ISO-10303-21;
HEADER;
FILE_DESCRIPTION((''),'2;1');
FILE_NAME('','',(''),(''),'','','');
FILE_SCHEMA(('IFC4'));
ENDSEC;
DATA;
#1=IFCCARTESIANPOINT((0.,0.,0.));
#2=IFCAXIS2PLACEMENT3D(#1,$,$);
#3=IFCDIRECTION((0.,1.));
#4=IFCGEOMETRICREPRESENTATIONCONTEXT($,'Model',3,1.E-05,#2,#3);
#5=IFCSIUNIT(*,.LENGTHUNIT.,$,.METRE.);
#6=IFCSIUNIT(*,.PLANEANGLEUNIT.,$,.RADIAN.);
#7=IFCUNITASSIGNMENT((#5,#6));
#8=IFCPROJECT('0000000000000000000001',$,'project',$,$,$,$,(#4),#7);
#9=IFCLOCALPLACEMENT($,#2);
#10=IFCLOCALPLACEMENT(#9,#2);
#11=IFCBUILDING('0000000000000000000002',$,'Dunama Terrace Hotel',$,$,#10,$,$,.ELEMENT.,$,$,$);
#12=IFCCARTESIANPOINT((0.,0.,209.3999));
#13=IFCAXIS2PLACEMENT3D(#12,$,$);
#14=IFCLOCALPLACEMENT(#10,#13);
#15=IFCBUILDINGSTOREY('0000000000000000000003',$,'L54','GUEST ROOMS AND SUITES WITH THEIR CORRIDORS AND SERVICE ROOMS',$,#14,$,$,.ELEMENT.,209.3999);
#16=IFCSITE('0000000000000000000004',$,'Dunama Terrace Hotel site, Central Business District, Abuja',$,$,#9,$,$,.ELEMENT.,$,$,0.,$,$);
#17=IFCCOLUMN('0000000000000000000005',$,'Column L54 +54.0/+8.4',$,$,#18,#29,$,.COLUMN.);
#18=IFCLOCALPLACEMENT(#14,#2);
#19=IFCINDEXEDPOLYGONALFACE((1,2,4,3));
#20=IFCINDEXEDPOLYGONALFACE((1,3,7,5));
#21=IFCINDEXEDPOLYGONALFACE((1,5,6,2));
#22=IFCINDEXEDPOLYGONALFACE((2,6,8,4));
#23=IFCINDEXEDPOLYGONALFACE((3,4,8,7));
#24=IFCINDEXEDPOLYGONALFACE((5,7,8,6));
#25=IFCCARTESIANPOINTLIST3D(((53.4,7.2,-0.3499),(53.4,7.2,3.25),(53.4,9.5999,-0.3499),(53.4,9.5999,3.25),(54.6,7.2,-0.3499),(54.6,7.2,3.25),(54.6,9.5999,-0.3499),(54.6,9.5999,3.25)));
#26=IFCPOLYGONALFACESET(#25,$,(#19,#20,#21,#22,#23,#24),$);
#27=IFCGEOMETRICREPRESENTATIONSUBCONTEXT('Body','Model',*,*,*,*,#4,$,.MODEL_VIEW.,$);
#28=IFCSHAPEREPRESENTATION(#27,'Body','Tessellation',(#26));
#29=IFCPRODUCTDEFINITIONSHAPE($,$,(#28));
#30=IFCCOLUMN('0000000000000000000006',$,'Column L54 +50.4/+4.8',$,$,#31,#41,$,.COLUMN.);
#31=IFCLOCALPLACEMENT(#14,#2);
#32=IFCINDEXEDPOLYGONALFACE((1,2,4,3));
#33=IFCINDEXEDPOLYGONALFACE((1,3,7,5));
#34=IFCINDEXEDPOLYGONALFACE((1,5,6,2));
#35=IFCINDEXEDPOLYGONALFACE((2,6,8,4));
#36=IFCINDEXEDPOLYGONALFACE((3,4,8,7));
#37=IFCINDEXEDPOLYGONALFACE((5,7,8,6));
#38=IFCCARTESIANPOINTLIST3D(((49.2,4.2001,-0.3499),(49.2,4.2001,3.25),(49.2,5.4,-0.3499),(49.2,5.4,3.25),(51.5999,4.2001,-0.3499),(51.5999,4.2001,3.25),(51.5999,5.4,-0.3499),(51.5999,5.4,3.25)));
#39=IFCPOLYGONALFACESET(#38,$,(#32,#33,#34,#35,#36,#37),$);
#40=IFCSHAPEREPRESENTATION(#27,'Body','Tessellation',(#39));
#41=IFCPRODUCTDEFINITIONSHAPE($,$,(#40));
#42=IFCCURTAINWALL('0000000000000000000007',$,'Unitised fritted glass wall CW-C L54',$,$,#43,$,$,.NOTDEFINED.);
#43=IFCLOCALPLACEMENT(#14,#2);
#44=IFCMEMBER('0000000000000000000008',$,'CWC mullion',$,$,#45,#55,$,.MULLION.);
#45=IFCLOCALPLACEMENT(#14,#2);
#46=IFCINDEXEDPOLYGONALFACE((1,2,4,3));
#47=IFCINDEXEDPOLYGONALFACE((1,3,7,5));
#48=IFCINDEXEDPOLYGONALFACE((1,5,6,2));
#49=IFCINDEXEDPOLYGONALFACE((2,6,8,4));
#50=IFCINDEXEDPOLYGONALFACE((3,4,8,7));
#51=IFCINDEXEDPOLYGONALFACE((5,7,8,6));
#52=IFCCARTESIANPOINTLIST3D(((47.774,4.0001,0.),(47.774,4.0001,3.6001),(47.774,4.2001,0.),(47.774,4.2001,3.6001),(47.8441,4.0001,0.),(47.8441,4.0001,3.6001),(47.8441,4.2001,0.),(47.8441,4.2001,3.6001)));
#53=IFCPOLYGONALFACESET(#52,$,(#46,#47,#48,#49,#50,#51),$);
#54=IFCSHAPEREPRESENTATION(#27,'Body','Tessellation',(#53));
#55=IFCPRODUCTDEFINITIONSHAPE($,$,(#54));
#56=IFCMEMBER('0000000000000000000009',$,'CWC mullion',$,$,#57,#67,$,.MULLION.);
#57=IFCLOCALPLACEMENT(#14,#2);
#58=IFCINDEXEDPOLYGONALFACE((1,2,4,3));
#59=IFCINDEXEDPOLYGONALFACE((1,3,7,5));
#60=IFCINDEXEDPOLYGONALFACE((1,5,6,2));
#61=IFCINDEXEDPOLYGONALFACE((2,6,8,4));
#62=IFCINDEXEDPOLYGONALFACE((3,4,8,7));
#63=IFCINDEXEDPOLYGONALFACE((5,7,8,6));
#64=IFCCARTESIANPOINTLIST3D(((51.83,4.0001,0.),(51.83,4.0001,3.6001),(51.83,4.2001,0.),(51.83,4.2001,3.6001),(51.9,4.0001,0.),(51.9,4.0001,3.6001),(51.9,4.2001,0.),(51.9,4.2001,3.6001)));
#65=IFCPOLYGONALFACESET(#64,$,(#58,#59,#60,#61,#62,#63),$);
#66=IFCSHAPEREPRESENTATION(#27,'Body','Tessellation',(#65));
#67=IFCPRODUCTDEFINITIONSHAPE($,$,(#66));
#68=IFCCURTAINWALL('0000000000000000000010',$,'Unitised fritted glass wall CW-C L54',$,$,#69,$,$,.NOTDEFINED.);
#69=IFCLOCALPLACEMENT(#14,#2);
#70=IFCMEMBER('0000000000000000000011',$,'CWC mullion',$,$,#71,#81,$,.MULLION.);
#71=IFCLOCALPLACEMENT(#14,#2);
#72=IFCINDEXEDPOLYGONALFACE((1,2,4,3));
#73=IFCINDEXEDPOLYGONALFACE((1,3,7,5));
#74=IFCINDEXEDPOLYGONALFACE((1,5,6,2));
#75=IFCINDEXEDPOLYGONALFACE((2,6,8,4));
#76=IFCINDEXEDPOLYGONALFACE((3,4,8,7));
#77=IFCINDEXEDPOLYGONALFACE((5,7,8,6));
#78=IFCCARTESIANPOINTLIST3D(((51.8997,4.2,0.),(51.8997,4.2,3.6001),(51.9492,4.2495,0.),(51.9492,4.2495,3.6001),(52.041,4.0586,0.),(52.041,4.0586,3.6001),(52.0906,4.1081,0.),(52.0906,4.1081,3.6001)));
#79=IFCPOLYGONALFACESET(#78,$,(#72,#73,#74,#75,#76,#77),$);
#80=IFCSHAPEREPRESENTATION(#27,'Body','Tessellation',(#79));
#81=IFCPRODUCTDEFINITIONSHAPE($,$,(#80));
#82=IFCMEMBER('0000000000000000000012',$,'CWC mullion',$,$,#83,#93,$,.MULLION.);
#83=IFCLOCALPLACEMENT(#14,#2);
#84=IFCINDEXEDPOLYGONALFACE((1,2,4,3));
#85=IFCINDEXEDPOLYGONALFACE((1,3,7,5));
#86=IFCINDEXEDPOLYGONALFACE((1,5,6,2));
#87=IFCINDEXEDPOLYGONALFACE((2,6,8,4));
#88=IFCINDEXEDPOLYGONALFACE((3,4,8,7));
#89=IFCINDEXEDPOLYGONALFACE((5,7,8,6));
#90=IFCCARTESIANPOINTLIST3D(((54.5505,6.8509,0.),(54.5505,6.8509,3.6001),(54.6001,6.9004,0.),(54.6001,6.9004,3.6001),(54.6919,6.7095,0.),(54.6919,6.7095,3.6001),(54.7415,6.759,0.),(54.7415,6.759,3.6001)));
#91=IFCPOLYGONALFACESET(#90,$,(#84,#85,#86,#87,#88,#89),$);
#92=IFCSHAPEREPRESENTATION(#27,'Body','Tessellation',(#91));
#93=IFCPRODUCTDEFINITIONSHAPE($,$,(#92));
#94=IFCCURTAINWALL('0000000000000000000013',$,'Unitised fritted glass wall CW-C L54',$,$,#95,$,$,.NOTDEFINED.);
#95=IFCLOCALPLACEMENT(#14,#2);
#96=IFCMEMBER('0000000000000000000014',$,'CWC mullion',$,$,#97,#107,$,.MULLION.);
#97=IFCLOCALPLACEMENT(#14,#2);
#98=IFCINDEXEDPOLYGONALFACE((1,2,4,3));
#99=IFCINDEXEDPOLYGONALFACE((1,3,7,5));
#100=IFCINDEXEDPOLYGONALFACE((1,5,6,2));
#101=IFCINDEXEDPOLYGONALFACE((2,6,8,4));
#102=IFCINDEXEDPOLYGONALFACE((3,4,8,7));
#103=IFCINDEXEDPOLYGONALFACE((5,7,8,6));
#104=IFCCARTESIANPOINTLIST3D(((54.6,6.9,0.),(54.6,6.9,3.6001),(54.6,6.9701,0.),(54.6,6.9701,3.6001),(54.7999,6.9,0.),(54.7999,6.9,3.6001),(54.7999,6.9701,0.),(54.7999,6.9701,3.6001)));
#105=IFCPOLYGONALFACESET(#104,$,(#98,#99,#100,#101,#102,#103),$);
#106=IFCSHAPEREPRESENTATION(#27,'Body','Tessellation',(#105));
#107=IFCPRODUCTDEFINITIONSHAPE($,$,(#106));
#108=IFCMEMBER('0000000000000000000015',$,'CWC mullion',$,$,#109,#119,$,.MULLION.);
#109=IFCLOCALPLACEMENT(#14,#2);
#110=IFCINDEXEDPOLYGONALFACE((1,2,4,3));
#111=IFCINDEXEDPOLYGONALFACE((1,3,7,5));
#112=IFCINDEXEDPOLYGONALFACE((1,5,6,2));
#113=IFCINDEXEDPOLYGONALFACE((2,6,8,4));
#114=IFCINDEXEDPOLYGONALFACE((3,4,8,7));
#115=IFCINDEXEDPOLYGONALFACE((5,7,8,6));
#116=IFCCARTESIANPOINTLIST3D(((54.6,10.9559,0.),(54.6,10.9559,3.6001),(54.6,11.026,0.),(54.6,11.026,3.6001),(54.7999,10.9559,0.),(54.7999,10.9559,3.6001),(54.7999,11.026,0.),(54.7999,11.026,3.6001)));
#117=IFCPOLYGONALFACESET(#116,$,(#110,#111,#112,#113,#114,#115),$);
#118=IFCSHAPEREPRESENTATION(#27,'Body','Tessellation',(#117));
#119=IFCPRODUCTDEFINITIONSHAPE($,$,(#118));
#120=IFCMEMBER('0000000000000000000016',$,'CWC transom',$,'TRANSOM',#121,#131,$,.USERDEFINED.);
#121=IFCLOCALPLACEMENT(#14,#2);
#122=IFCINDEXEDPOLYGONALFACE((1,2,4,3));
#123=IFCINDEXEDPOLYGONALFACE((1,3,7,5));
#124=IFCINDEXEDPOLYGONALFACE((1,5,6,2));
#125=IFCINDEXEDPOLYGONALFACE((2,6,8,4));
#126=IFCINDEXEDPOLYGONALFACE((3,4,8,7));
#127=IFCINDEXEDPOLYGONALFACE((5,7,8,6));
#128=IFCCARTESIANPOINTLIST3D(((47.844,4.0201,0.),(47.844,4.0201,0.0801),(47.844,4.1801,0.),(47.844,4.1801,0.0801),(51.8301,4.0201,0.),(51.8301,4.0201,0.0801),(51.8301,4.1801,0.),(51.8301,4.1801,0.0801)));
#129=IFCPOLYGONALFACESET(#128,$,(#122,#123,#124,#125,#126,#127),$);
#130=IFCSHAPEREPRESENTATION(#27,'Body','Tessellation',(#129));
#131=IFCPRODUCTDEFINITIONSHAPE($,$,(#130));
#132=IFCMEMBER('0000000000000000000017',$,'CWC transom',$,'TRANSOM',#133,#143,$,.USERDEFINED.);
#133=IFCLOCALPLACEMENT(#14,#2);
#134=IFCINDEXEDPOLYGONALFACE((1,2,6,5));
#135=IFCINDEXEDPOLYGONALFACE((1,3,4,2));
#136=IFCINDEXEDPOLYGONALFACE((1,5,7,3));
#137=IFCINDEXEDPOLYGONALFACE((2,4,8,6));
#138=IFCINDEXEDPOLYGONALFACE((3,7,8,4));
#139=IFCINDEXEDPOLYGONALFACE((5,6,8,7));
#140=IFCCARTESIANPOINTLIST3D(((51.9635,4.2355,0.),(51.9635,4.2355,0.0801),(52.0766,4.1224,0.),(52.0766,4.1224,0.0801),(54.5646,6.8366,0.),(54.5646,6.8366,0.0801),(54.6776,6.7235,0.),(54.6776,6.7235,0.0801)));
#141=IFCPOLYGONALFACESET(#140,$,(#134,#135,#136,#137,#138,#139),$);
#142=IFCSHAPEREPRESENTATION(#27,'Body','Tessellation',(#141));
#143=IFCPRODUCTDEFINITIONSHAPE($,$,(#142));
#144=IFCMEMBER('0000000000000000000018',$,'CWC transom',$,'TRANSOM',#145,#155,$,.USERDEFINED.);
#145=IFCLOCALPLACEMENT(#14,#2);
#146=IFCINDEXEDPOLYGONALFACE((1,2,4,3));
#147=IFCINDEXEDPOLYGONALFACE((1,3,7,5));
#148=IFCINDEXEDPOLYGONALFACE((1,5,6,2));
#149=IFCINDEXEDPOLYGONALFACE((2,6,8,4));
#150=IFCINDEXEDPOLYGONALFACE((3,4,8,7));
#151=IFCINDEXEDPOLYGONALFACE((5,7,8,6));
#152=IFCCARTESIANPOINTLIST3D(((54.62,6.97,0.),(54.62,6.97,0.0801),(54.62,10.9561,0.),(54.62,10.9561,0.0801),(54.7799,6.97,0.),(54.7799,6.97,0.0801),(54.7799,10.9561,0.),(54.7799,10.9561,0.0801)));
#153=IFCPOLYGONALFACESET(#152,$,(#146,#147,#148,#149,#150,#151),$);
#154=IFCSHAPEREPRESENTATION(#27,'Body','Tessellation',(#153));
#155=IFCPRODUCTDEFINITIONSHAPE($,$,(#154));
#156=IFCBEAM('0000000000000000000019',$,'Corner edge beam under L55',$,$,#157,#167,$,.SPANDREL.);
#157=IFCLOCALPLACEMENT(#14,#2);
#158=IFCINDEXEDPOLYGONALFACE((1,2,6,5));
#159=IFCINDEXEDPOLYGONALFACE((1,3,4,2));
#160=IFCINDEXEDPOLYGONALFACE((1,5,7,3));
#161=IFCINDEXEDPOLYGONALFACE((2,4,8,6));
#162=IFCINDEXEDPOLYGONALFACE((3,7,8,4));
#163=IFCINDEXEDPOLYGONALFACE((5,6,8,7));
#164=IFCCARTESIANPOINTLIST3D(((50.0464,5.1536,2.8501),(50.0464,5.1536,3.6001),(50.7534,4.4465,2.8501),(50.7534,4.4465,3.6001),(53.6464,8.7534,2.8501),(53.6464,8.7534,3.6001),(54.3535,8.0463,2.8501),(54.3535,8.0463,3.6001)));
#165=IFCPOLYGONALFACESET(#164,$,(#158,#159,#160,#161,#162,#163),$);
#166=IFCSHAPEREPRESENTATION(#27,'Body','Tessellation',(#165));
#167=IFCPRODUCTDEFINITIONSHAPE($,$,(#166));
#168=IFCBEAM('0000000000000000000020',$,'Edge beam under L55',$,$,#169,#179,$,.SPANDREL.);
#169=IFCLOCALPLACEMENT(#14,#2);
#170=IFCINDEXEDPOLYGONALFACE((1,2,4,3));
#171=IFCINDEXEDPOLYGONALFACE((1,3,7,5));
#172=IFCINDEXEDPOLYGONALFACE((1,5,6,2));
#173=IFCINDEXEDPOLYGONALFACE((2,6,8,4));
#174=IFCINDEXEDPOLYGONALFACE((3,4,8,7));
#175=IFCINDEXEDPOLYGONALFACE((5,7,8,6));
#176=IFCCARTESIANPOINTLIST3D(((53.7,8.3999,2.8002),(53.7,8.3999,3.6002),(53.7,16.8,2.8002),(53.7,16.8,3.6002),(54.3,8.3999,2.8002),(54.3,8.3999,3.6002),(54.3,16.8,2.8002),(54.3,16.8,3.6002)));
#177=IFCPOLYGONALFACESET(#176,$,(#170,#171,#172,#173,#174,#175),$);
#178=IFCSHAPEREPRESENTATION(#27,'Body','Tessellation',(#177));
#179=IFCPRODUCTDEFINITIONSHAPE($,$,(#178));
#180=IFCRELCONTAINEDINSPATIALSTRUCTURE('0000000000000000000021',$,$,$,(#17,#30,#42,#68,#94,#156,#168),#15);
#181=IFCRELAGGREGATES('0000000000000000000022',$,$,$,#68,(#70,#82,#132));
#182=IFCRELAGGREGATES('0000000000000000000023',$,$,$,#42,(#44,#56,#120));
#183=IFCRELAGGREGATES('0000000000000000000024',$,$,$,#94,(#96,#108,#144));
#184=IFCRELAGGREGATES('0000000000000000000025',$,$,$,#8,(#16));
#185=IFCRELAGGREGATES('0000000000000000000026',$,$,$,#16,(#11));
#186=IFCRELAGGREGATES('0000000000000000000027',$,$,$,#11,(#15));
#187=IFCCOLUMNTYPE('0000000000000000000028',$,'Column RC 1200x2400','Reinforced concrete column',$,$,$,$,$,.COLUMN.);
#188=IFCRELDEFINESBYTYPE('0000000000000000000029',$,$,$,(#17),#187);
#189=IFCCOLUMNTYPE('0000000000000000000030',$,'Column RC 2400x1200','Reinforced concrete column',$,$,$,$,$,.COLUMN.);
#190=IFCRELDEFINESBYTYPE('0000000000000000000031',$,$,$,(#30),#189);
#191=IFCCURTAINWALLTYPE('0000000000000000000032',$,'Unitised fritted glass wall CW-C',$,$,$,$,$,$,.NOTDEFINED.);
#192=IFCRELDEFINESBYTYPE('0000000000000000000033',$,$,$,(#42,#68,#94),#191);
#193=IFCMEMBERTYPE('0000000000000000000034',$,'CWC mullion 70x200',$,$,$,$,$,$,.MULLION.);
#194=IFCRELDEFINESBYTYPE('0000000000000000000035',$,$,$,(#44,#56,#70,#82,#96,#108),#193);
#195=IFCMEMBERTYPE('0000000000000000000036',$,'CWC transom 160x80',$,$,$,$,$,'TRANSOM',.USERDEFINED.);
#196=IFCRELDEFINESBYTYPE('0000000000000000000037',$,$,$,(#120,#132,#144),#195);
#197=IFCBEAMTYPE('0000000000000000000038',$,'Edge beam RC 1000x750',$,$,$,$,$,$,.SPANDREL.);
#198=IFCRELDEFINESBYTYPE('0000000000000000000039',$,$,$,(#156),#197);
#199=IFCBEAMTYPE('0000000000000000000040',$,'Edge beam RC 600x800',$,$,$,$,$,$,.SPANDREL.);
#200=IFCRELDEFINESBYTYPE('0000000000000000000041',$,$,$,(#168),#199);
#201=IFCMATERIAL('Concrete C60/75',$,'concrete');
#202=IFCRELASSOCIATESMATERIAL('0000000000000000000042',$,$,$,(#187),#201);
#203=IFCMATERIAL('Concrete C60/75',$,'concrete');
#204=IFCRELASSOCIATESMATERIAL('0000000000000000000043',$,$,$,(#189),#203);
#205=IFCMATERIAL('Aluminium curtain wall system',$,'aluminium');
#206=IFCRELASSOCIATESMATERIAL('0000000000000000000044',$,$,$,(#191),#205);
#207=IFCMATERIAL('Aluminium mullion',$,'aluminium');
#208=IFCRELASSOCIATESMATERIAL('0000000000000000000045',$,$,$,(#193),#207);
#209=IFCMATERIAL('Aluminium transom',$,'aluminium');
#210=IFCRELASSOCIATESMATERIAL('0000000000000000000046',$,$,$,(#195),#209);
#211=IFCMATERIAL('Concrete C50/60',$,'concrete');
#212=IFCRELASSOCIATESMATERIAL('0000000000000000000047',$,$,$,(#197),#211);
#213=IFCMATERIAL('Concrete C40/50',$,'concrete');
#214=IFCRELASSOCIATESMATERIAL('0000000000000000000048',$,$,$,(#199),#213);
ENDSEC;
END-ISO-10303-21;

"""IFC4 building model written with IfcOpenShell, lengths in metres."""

from ifc_helpers import new_model, si_unit, direction, frame, origin, origin_2d, place, context, subcontext, project, spatial, rectangle, extrude, material, material_profile, profile_set, type_object, element, aggregate, save


model = new_model("IFC4")

# Units and contexts
model_context = context("Model", 3, precision=1e-05, world=origin(), true_north=direction((0.0, 1.0)))
body_context = subcontext(model_context, "Body", "Model", "MODEL_VIEW")
ifc_project = project(units=[si_unit("LENGTHUNIT", "METRE"), si_unit("PLANEANGLEUNIT", "RADIAN")], contexts=[model_context])

# Site, building, storey
site_placement = place(None, origin())
site = spatial("IfcSite", under=ifc_project, at=site_placement, Name="Dunama Terrace Hotel site, Central Business District, Abuja", CompositionType="ELEMENT", RefElevation=0.0)
building_placement = place(site_placement, origin())
building = spatial("IfcBuilding", under=site, at=building_placement, Name="Dunama Terrace Hotel", CompositionType="ELEMENT")
storey_placement = place(building_placement, frame((0.0, 0.0, 209.3999)))
storey = spatial("IfcBuildingStorey", under=building, at=storey_placement, Name="L54", Description="GUEST ROOMS AND SUITES WITH THEIR CORRIDORS AND SERVICE ROOMS", CompositionType="ELEMENT", Elevation=209.3999)

# Columns
ifc_material_1 = material(Name="Concrete C60/75", Category="concrete")
ifc_material_profile_1 = material_profile(ifc_material_1, rectangle(XDim=1.2, YDim=2.3999, at=origin_2d()), Name="RC 1200x2400")
ifc_profile_set_1 = profile_set([ifc_material_profile_1], Name="Concrete C60/75")
column_type_1 = type_object("IfcColumnType", Name="Column RC 1200x2400", Description="Reinforced concrete column", PredefinedType="COLUMN", material=ifc_profile_set_1)
column_1_placement = place(storey_placement, frame((54.0, 8.3999, -0.3499), z_axis=(0.0, 0.0, 1.0), x_axis=(1.0, 0.0, 0.0)))
element("IfcColumn", 1, at=column_1_placement, inside=storey, type_object=column_type_1, Name="Column L54 +54.0/+8.4", PredefinedType="COLUMN", context=body_context, shape_type="SweptSolid", body=[
    extrude(rectangle(XDim=1.2, YDim=2.3999, at=origin_2d()), origin(), (0.0, 0.0, 1.0), 3.5999),
])
ifc_material_2 = material(Name="Concrete C60/75", Category="concrete")
ifc_material_profile_2 = material_profile(ifc_material_2, rectangle(XDim=2.3999, YDim=1.2, at=origin_2d()), Name="RC 2400x1200")
ifc_profile_set_2 = profile_set([ifc_material_profile_2], Name="Concrete C60/75")
column_type_2 = type_object("IfcColumnType", Name="Column RC 2400x1200", Description="Reinforced concrete column", PredefinedType="COLUMN", material=ifc_profile_set_2)
column_2_placement = place(storey_placement, frame((50.3999, 4.8, -0.3499), z_axis=(0.0, 0.0, 1.0), x_axis=(1.0, 0.0, 0.0)))
element("IfcColumn", 2, at=column_2_placement, inside=storey, type_object=column_type_2, Name="Column L54 +50.4/+4.8", PredefinedType="COLUMN", context=body_context, shape_type="SweptSolid", body=[
    extrude(rectangle(XDim=2.3999, YDim=1.2, at=origin_2d()), origin(), (0.0, 0.0, 1.0), 3.5999),
])

# Curtain walls, members
ifc_material_3 = material(Name="Aluminium curtain wall system", Category="aluminium")
curtain_wall_type = type_object("IfcCurtainWallType", Name="Unitised fritted glass wall CW-C", PredefinedType="NOTDEFINED", material=ifc_material_3)
curtain_wall_1_placement = place(storey_placement, origin())
curtain_wall_1 = element("IfcCurtainWall", 3, at=curtain_wall_1_placement, inside=storey, type_object=curtain_wall_type, Name="Unitised fritted glass wall CW-C L54", PredefinedType="NOTDEFINED")
ifc_material_4 = material(Name="Aluminium mullion", Category="aluminium")
ifc_material_profile_3 = material_profile(ifc_material_4, rectangle(XDim=0.0701, YDim=0.2, at=origin_2d()), Name="CWC MULLION 70X200")
ifc_profile_set_3 = profile_set([ifc_material_profile_3], Name="Aluminium mullion")
member_type_1 = type_object("IfcMemberType", Name="CWC mullion 70x200", PredefinedType="MULLION", material=ifc_profile_set_3)
member_1_placement = place(storey_placement, frame((47.8091, 4.1001, 0.0), z_axis=(0.0, 0.0, 1.0), x_axis=(1.0, 0.0, 0.0)))
member_1 = element("IfcMember", 4, at=member_1_placement, type_object=member_type_1, Name="CWC mullion", PredefinedType="MULLION", context=body_context, shape_type="SweptSolid", body=[
    extrude(rectangle(XDim=0.0701, YDim=0.2, at=origin_2d()), origin(), (0.0, 0.0, 1.0), 3.6001),
])
member_2_placement = place(storey_placement, frame((51.865, 4.1001, 0.0), z_axis=(0.0, 0.0, 1.0), x_axis=(1.0, 0.0, 0.0)))
member_2 = element("IfcMember", 5, at=member_2_placement, type_object=member_type_1, Name="CWC mullion", PredefinedType="MULLION", context=body_context, shape_type="SweptSolid", body=[
    extrude(rectangle(XDim=0.0701, YDim=0.2, at=origin_2d()), origin(), (0.0, 0.0, 1.0), 3.6001),
])
curtain_wall_2_placement = place(storey_placement, origin())
curtain_wall_2 = element("IfcCurtainWall", 6, at=curtain_wall_2_placement, inside=storey, type_object=curtain_wall_type, Name="Unitised fritted glass wall CW-C L54", PredefinedType="NOTDEFINED")
member_3_placement = place(storey_placement, frame((51.9951, 4.1541, 0.0), z_axis=(0.0, 0.0, 1.0), x_axis=(0.707107, 0.707107, 0.0)))
member_3 = element("IfcMember", 7, at=member_3_placement, type_object=member_type_1, Name="CWC mullion", PredefinedType="MULLION", context=body_context, shape_type="SweptSolid", body=[
    extrude(rectangle(XDim=0.0701, YDim=0.2, at=origin_2d()), origin(), (0.0, 0.0, 1.0), 3.6001),
])
member_4_placement = place(storey_placement, frame((54.646, 6.8049, 0.0), z_axis=(0.0, 0.0, 1.0), x_axis=(0.707107, 0.707107, 0.0)))
member_4 = element("IfcMember", 8, at=member_4_placement, type_object=member_type_1, Name="CWC mullion", PredefinedType="MULLION", context=body_context, shape_type="SweptSolid", body=[
    extrude(rectangle(XDim=0.0701, YDim=0.2, at=origin_2d()), origin(), (0.0, 0.0, 1.0), 3.6001),
])
curtain_wall_3_placement = place(storey_placement, origin())
curtain_wall_3 = element("IfcCurtainWall", 9, at=curtain_wall_3_placement, inside=storey, type_object=curtain_wall_type, Name="Unitised fritted glass wall CW-C L54", PredefinedType="NOTDEFINED")
member_5_placement = place(storey_placement, frame((54.7, 6.9351, 0.0), z_axis=(0.0, 0.0, 1.0), x_axis=(0.0, 1.0, 0.0)))
member_5 = element("IfcMember", 10, at=member_5_placement, type_object=member_type_1, Name="CWC mullion", PredefinedType="MULLION", context=body_context, shape_type="SweptSolid", body=[
    extrude(rectangle(XDim=0.0701, YDim=0.2, at=origin_2d()), origin(), (0.0, 0.0, 1.0), 3.6001),
])
member_6_placement = place(storey_placement, frame((54.7, 10.991, 0.0), z_axis=(0.0, 0.0, 1.0), x_axis=(0.0, 1.0, 0.0)))
member_6 = element("IfcMember", 11, at=member_6_placement, type_object=member_type_1, Name="CWC mullion", PredefinedType="MULLION", context=body_context, shape_type="SweptSolid", body=[
    extrude(rectangle(XDim=0.0701, YDim=0.2, at=origin_2d()), origin(), (0.0, 0.0, 1.0), 3.6001),
])

# Members
ifc_material_5 = material(Name="Aluminium transom", Category="aluminium")
ifc_material_profile_4 = material_profile(ifc_material_5, rectangle(XDim=0.1599, YDim=0.0801, at=origin_2d()), Name="CWC TRANSOM 160X80")
ifc_profile_set_4 = profile_set([ifc_material_profile_4], Name="Aluminium transom")
member_type_2 = type_object("IfcMemberType", Name="CWC transom 160x80", ElementType="TRANSOM", PredefinedType="USERDEFINED", material=ifc_profile_set_4)
member_7_placement = place(storey_placement, frame((47.844, 4.1001, 0.04), z_axis=(1.0, 0.0, 0.0), x_axis=(0.0, 1.0, 0.0)))
member_7 = element("IfcMember", 12, at=member_7_placement, type_object=member_type_2, Name="CWC transom", ObjectType="TRANSOM", PredefinedType="USERDEFINED", context=body_context, shape_type="SweptSolid", body=[
    extrude(rectangle(XDim=0.1599, YDim=0.0801, at=origin_2d()), origin(), (0.0, 0.0, 1.0), 3.9861),
])
member_8_placement = place(storey_placement, frame((52.02, 4.179, 0.04), z_axis=(0.707107, 0.707107, 0.0), x_axis=(-0.707107, 0.707107, 0.0)))
member_8 = element("IfcMember", 13, at=member_8_placement, type_object=member_type_2, Name="CWC transom", ObjectType="TRANSOM", PredefinedType="USERDEFINED", context=body_context, shape_type="SweptSolid", body=[
    extrude(rectangle(XDim=0.1599, YDim=0.0801, at=origin_2d()), origin(), (0.0, 0.0, 1.0), 3.6785),
])
member_9_placement = place(storey_placement, frame((54.7, 6.97, 0.04), z_axis=(0.0, 1.0, 0.0), x_axis=(-1.0, 0.0, 0.0)))
member_9 = element("IfcMember", 14, at=member_9_placement, type_object=member_type_2, Name="CWC transom", ObjectType="TRANSOM", PredefinedType="USERDEFINED", context=body_context, shape_type="SweptSolid", body=[
    extrude(rectangle(XDim=0.1599, YDim=0.0801, at=origin_2d()), origin(), (0.0, 0.0, 1.0), 3.9861),
])

# Beams
ifc_material_6 = material(Name="Concrete C50/60", Category="concrete")
ifc_material_profile_5 = material_profile(ifc_material_6, rectangle(XDim=1.0, YDim=0.75, at=origin_2d()), Name="RC 1000x750")
ifc_profile_set_5 = profile_set([ifc_material_profile_5], Name="Concrete C50/60")
beam_type_1 = type_object("IfcBeamType", Name="Edge beam RC 1000x750", PredefinedType="SPANDREL", material=ifc_profile_set_5)
beam_1_placement = place(storey_placement, frame((50.3999, 4.8, 3.2251), z_axis=(0.707131, 0.707083, 0.0), x_axis=(-0.707083, 0.707131, 0.0)))
element("IfcBeam", 15, at=beam_1_placement, inside=storey, type_object=beam_type_1, Name="Corner edge beam under L55", PredefinedType="SPANDREL", context=body_context, shape_type="SweptSolid", body=[
    extrude(rectangle(XDim=1.0, YDim=0.75, at=origin_2d()), origin(), (0.0, 0.0, 1.0), 5.0911),
])
ifc_material_7 = material(Name="Concrete C40/50", Category="concrete")
ifc_material_profile_6 = material_profile(ifc_material_7, rectangle(XDim=0.6001, YDim=0.8, at=origin_2d()), Name="RC 600x800")
ifc_profile_set_6 = profile_set([ifc_material_profile_6], Name="Concrete C40/50")
beam_type_2 = type_object("IfcBeamType", Name="Edge beam RC 600x800", PredefinedType="SPANDREL", material=ifc_profile_set_6)
beam_2_placement = place(storey_placement, frame((54.0, 8.3999, 3.2002), z_axis=(0.0, 1.0, 0.0), x_axis=(-1.0, 0.0, 0.0)))
element("IfcBeam", 16, at=beam_2_placement, inside=storey, type_object=beam_type_2, Name="Edge beam under L55", PredefinedType="SPANDREL", context=body_context, shape_type="SweptSolid", body=[
    extrude(rectangle(XDim=0.6001, YDim=0.8, at=origin_2d()), origin(), (0.0, 0.0, 1.0), 8.4001),
])

aggregate(curtain_wall_2, [member_3, member_4, member_8])
aggregate(curtain_wall_1, [member_1, member_2, member_7])
aggregate(curtain_wall_3, [member_5, member_6, member_9])

save(model, "model.ifc")
